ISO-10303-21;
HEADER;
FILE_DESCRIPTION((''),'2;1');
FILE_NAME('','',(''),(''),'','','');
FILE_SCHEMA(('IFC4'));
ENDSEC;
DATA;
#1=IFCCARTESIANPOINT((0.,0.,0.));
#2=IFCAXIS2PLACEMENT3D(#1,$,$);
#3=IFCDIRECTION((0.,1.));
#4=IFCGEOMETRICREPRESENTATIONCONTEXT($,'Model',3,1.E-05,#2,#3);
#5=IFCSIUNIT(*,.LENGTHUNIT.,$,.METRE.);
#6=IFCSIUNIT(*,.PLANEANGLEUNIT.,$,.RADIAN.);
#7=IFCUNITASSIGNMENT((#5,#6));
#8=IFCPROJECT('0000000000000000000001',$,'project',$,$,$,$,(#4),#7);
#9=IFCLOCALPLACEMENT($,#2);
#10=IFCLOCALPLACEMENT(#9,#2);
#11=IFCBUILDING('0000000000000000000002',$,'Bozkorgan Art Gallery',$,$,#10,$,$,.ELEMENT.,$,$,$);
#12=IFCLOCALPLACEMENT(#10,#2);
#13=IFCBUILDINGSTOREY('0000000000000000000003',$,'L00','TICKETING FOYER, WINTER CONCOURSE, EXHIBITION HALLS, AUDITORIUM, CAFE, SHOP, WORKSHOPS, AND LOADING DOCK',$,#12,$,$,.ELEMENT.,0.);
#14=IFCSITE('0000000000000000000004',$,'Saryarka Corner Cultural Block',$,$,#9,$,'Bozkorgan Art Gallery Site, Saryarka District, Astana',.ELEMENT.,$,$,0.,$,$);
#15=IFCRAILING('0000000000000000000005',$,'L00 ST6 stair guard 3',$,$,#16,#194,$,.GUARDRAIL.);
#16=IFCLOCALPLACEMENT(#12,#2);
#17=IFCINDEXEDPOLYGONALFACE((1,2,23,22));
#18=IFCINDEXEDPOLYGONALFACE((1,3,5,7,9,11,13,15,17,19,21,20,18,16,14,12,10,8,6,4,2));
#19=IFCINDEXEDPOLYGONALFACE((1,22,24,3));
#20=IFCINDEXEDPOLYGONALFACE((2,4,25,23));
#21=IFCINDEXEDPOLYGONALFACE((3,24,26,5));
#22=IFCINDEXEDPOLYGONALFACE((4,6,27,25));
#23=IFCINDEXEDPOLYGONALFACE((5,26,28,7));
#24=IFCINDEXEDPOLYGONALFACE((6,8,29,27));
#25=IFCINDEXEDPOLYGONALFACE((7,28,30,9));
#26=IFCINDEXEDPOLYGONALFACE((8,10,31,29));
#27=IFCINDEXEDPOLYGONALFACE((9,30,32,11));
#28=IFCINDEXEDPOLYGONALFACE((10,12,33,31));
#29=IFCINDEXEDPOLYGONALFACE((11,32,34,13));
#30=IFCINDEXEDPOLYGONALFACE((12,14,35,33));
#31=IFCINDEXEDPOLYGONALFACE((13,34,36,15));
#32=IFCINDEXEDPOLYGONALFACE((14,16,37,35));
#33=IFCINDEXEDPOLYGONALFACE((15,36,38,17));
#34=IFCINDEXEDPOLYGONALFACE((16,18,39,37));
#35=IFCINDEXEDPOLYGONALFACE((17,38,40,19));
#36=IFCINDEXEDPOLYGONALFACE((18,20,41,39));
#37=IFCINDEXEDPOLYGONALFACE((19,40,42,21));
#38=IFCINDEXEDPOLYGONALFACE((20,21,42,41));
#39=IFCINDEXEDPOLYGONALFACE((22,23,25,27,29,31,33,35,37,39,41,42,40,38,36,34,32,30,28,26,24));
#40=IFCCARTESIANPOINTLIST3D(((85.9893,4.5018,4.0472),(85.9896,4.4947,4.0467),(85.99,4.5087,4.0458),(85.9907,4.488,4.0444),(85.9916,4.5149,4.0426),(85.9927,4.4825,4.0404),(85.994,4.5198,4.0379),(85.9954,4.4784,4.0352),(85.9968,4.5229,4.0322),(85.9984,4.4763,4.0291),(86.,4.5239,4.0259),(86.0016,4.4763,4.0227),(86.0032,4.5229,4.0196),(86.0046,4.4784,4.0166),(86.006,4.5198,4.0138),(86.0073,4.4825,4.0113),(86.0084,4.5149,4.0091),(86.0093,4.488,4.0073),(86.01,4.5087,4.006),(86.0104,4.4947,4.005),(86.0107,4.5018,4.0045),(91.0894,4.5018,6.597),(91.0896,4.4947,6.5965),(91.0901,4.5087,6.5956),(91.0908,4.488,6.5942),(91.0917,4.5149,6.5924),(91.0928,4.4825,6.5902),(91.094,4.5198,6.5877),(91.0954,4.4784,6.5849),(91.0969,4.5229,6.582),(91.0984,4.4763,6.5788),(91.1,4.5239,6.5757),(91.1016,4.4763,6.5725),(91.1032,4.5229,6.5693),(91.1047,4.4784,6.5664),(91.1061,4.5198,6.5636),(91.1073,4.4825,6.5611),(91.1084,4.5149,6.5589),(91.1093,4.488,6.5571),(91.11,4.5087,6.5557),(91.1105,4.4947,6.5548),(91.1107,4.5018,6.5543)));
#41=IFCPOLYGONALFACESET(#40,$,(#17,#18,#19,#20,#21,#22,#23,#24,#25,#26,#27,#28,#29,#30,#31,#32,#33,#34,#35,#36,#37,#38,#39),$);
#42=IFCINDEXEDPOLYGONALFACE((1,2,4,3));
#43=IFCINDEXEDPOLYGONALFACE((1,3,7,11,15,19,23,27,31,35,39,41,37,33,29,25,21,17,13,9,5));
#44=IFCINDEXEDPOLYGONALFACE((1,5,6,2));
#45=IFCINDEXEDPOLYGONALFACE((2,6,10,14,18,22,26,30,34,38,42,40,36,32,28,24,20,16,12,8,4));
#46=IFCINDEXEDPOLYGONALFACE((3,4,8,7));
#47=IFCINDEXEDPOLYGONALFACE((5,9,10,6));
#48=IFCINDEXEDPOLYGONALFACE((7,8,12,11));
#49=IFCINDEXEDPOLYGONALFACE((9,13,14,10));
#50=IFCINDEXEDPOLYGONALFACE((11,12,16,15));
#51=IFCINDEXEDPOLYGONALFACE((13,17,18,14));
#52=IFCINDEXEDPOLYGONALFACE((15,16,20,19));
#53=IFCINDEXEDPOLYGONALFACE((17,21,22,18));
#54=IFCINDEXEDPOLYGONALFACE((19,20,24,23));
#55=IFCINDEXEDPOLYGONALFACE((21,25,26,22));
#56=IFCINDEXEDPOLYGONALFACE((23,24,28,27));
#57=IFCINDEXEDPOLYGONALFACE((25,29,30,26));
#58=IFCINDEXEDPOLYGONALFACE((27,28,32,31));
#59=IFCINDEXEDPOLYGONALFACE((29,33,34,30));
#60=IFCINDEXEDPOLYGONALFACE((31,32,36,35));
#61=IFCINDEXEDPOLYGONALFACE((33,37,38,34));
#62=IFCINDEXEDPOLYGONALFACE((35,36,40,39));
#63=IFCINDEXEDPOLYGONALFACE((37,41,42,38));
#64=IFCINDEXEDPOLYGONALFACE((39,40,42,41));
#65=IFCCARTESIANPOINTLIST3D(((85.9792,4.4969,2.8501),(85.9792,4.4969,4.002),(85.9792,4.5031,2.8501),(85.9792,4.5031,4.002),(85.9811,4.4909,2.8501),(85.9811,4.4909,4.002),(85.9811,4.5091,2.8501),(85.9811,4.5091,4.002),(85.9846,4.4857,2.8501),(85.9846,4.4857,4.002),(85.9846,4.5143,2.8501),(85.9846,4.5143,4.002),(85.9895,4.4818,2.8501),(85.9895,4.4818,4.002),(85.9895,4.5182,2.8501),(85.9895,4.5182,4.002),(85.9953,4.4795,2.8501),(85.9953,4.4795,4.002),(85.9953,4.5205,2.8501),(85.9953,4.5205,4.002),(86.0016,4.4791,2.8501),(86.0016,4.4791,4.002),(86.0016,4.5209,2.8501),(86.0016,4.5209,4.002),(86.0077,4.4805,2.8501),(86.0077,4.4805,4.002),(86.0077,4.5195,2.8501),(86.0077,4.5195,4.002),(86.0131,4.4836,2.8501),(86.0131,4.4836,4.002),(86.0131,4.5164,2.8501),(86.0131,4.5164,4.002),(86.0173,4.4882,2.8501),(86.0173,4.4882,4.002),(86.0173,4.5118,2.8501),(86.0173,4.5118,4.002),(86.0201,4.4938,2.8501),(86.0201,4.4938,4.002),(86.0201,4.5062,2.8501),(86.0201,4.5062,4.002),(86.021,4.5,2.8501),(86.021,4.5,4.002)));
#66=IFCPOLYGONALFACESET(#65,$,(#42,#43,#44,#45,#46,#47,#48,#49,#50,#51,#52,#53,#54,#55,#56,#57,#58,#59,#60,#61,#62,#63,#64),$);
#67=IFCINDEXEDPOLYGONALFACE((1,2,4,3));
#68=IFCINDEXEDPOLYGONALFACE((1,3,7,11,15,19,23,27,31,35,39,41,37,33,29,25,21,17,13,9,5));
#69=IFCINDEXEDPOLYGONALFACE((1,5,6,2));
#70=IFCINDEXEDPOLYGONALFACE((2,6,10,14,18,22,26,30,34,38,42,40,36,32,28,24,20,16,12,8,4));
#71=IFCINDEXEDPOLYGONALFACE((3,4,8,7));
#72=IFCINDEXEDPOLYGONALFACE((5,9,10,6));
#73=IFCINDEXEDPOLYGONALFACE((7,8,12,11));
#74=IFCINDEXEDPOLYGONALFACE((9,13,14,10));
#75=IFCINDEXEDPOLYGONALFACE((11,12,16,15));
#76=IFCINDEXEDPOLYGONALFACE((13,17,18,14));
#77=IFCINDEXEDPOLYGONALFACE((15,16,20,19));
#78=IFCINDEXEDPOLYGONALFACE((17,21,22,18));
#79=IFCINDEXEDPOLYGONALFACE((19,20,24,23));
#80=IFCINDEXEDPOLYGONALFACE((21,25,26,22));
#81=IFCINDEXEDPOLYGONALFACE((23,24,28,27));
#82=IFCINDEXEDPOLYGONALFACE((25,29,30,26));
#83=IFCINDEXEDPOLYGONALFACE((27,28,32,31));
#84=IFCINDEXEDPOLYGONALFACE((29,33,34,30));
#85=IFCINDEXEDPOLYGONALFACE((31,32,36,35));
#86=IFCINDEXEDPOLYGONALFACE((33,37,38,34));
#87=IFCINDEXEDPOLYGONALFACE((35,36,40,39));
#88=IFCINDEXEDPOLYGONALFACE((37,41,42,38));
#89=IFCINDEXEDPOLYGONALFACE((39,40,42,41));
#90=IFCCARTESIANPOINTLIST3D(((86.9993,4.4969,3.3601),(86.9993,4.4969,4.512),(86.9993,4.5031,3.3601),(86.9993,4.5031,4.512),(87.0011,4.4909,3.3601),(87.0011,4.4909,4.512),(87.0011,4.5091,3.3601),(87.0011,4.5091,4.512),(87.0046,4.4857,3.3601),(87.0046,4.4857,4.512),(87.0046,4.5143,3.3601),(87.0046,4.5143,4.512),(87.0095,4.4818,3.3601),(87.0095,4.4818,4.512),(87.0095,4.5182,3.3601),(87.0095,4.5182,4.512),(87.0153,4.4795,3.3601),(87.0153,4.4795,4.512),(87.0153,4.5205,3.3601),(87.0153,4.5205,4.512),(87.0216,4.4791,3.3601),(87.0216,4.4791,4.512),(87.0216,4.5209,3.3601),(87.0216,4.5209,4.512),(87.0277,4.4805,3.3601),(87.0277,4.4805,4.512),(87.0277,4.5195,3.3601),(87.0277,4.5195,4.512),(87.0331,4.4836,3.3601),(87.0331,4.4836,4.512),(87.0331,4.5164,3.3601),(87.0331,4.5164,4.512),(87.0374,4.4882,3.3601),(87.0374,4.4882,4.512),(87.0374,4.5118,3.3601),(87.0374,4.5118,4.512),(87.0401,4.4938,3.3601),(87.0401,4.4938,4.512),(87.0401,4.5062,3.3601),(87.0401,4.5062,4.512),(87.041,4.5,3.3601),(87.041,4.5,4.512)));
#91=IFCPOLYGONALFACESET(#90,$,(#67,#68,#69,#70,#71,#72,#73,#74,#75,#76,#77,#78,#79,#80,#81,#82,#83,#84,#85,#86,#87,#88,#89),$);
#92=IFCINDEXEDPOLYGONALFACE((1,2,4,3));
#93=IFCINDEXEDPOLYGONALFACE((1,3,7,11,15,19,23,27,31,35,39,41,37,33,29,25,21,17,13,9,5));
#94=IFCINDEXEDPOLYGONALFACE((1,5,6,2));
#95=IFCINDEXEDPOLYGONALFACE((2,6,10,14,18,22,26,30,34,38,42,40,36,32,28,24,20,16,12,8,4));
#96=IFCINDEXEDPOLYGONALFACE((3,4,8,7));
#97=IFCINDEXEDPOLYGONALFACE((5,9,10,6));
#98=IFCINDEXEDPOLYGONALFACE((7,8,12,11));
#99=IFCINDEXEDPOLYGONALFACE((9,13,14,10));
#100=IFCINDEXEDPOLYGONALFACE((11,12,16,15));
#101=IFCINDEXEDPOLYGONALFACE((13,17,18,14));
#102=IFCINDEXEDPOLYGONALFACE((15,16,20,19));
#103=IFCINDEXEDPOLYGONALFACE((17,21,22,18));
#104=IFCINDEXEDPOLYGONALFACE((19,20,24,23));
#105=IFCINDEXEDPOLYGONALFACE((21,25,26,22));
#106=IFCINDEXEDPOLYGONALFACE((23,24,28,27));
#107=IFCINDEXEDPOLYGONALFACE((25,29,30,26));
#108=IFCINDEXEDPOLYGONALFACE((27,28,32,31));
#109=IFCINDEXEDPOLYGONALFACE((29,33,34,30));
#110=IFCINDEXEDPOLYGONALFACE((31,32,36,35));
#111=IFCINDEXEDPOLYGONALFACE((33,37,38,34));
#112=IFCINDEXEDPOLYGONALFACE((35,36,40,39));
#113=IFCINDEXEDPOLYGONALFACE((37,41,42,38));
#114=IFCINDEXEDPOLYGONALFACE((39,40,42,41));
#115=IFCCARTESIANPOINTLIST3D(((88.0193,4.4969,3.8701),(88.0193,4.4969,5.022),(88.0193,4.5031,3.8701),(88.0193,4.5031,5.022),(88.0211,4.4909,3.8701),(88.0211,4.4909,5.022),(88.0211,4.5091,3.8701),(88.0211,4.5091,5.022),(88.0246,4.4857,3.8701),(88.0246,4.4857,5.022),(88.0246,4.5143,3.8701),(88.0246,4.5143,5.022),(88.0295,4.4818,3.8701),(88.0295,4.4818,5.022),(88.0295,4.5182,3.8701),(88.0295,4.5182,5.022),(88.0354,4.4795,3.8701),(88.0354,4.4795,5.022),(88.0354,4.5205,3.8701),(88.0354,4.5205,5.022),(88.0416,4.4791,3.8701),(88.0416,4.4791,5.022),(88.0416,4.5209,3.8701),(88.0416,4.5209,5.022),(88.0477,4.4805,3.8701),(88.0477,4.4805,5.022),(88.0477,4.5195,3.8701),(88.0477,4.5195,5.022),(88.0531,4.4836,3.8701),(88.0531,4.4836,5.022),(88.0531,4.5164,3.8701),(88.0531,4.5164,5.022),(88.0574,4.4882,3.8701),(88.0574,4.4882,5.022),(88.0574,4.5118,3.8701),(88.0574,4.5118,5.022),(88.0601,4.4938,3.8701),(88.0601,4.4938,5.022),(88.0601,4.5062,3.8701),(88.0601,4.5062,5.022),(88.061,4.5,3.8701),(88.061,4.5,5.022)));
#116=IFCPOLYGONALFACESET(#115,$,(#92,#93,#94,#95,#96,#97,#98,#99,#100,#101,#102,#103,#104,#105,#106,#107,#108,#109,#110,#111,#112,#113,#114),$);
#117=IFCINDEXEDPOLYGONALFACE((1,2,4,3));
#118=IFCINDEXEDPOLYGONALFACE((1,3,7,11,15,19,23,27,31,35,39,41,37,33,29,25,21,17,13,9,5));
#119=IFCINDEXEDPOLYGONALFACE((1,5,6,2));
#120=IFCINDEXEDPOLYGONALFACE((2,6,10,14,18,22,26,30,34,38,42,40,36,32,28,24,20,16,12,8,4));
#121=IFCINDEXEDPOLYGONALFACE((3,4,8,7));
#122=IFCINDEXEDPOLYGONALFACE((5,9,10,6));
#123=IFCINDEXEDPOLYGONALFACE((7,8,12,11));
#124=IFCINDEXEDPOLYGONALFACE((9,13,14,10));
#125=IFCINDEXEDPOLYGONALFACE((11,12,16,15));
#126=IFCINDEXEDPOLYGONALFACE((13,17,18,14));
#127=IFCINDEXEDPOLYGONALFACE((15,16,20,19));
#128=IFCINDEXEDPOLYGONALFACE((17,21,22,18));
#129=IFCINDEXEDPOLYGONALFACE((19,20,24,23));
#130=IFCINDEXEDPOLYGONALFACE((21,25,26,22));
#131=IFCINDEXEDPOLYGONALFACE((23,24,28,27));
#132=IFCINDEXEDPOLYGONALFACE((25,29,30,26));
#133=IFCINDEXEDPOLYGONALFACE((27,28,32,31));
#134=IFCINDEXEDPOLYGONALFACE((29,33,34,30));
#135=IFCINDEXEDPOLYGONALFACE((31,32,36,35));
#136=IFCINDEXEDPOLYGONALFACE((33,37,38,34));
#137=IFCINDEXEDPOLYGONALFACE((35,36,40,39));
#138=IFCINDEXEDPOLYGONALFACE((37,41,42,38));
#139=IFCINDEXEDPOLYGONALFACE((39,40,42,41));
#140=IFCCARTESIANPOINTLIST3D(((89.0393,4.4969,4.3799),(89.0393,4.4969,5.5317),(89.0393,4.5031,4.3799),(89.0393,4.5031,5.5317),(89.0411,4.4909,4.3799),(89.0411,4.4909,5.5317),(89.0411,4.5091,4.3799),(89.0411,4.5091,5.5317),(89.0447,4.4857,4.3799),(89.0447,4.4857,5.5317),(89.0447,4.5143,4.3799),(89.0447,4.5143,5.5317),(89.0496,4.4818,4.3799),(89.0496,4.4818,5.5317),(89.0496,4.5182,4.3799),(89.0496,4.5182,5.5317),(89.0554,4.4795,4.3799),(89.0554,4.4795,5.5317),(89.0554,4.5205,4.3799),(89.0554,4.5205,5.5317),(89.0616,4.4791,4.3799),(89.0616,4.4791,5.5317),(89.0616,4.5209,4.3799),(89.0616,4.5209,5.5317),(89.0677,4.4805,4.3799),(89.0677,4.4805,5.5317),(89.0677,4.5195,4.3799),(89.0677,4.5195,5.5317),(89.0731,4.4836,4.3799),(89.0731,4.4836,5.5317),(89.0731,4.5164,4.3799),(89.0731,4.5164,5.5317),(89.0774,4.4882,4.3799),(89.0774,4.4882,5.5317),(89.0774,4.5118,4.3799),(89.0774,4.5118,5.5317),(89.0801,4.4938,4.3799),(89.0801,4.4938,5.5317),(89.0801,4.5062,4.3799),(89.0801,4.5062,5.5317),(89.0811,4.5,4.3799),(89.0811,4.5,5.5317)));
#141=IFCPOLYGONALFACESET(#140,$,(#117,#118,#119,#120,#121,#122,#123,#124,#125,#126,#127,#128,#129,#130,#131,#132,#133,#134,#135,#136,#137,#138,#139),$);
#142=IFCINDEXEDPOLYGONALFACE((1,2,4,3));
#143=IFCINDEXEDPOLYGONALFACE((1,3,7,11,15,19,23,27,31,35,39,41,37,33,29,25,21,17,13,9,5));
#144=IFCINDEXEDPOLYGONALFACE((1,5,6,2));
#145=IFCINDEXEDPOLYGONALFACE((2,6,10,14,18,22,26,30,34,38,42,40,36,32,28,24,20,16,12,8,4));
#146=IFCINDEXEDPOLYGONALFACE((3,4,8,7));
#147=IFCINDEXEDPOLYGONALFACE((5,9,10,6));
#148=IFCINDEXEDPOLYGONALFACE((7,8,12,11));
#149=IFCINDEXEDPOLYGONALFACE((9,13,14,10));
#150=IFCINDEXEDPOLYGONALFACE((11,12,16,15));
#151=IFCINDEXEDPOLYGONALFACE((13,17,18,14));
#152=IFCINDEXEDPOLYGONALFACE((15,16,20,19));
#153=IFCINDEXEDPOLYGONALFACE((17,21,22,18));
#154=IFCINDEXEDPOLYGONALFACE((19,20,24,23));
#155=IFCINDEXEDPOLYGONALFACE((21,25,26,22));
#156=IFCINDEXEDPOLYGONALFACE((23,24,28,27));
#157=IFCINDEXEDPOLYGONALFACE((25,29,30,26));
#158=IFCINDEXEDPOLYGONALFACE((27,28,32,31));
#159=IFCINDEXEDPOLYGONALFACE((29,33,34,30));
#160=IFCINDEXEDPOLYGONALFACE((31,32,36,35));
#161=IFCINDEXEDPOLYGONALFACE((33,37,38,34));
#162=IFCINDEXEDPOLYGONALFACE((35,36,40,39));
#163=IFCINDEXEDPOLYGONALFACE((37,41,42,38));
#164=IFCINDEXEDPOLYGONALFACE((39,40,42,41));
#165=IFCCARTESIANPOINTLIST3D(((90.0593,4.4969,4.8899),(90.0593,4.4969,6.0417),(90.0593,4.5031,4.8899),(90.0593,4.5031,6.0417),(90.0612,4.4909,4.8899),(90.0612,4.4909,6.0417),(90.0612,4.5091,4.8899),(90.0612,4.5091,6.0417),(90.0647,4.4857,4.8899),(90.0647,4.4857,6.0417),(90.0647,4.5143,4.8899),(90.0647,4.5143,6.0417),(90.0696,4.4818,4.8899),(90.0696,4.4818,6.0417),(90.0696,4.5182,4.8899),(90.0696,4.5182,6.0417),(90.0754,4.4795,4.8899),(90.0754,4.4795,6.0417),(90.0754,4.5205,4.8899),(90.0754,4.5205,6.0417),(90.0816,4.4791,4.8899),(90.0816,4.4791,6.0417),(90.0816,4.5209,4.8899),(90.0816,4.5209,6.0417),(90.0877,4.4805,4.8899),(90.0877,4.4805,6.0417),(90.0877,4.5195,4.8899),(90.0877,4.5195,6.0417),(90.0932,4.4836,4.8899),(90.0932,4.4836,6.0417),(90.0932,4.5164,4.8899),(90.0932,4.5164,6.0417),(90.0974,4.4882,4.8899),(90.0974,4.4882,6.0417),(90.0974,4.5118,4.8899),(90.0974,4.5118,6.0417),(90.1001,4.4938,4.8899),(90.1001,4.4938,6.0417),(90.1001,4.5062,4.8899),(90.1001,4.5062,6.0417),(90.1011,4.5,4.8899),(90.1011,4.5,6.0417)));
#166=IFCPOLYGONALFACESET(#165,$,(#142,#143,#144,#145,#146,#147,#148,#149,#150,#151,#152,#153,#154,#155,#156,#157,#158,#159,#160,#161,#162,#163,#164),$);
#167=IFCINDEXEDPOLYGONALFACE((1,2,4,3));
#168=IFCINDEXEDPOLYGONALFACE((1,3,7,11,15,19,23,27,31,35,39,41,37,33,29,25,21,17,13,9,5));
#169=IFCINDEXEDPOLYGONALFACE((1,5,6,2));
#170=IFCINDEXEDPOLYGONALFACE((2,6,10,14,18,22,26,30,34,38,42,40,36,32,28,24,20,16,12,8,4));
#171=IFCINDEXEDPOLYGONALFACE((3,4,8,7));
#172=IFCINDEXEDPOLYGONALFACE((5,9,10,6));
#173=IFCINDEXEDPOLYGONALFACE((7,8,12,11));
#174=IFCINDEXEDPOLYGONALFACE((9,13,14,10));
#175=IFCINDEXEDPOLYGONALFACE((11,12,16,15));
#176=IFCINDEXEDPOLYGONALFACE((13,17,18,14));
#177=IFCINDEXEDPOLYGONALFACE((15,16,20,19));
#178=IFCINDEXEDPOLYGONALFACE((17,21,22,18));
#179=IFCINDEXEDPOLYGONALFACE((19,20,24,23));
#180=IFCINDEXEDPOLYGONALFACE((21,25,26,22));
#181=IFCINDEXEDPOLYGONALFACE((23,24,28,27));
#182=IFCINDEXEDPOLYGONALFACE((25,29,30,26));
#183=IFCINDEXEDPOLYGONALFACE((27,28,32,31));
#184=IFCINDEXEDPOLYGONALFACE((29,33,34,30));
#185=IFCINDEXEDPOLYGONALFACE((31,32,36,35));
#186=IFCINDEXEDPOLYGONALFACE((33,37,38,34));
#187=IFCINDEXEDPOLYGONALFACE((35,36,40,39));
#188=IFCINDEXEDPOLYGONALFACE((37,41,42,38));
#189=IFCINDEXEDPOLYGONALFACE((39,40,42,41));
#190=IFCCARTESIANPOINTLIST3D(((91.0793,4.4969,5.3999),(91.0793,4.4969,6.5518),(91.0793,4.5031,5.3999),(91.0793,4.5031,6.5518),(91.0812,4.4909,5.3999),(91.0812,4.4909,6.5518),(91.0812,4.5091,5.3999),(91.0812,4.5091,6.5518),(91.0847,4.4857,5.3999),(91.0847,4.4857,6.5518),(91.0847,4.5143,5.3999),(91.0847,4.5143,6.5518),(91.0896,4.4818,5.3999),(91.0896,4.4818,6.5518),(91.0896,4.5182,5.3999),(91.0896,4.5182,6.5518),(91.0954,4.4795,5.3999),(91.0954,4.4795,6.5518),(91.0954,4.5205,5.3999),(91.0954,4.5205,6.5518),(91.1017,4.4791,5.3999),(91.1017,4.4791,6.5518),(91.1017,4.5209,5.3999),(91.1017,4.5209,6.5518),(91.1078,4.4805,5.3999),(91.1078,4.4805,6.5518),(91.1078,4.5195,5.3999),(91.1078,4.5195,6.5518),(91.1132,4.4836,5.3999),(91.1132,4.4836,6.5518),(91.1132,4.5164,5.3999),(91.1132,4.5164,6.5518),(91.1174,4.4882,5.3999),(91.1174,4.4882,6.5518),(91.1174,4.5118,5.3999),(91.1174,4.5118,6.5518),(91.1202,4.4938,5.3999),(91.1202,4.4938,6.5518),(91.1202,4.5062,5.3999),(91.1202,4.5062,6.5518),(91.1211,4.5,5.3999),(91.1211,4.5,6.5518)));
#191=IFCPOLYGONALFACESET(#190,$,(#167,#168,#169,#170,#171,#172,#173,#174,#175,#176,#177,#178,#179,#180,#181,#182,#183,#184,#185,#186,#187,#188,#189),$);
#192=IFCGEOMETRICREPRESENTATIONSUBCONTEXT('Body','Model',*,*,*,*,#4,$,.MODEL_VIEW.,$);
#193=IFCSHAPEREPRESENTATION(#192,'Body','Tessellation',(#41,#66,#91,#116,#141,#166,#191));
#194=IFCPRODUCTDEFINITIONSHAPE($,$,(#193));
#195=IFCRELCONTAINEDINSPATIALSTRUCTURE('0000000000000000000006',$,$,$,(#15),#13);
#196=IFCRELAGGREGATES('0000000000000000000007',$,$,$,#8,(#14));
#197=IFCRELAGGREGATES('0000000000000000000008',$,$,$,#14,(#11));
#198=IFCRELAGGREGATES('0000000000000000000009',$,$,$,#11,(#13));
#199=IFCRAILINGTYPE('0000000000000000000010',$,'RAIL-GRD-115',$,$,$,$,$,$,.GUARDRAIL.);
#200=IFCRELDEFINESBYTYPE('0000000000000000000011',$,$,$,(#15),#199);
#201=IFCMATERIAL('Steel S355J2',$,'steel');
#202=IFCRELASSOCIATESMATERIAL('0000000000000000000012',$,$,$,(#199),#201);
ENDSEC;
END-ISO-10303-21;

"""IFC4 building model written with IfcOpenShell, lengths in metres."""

from ifc_helpers import new_model, si_unit, direction, frame, origin, origin_2d, place, context, subcontext, project, spatial, circle, extrude, material, type_object, element, save


model = new_model("IFC4")

# Units and contexts
model_context = context("Model", 3, precision=1e-05, world=origin(), true_north=direction((0.0, 1.0)))
body_context = subcontext(model_context, "Body", "Model", "MODEL_VIEW")
ifc_project = project(units=[si_unit("LENGTHUNIT", "METRE"), si_unit("PLANEANGLEUNIT", "RADIAN")], contexts=[model_context])

# Site, building, storey
site_placement = place(None, origin())
site = spatial("IfcSite", under=ifc_project, at=site_placement, Name="Saryarka Corner Cultural Block", LongName="Bozkorgan Art Gallery Site, Saryarka District, Astana", CompositionType="ELEMENT", RefElevation=0.0)
building_placement = place(site_placement, origin())
building = spatial("IfcBuilding", under=site, at=building_placement, Name="Bozkorgan Art Gallery", CompositionType="ELEMENT")
storey_placement = place(building_placement, origin())
storey = spatial("IfcBuildingStorey", under=building, at=storey_placement, Name="L00", Description="TICKETING FOYER, WINTER CONCOURSE, EXHIBITION HALLS, AUDITORIUM, CAFE, SHOP, WORKSHOPS, AND LOADING DOCK", CompositionType="ELEMENT", Elevation=0.0)

# Shared definitions
ifc_material_1 = material(Name="Steel S355J2", Category="steel")

# Railing
railing_type_1 = type_object("IfcRailingType", Name="RAIL-GRD-115", PredefinedType="GUARDRAIL", material=ifc_material_1)
railing_1_placement = place(storey_placement, frame((86.0, 4.5, 2.8501)))
element("IfcRailing", 1, at=railing_1_placement, inside=storey, type_object=railing_type_1, Name="L00 ST6 stair guard 3", PredefinedType="GUARDRAIL", context=body_context, shape_type="SweptSolid", body=[
    extrude(circle(Radius=0.0239, at=origin_2d()), frame((0.0, 0.0, 1.1758), z_axis=(0.894444, 0.0, 0.447179), x_axis=(0.0, 1.0, 0.0)), (0.0, 0.0, 1.0), 5.7019),
    extrude(circle(Radius=0.021, at=origin_2d()), origin(), (0.0, 0.0, 1.0), 1.1519),
    extrude(circle(Radius=0.021, at=origin_2d()), frame((1.02, 0.0, 0.51)), (0.0, 0.0, 1.0), 1.1519),
    extrude(circle(Radius=0.021, at=origin_2d()), frame((2.04, 0.0, 1.02)), (0.0, 0.0, 1.0), 1.1519),
    extrude(circle(Radius=0.021, at=origin_2d()), frame((3.0601, 0.0, 1.5298)), (0.0, 0.0, 1.0), 1.1519),
    extrude(circle(Radius=0.021, at=origin_2d()), frame((4.0801, 0.0, 2.0398)), (0.0, 0.0, 1.0), 1.1519),
    extrude(circle(Radius=0.021, at=origin_2d()), frame((5.1001, 0.0, 2.5498)), (0.0, 0.0, 1.0), 1.1519),
])

save(model, "model.ifc")
